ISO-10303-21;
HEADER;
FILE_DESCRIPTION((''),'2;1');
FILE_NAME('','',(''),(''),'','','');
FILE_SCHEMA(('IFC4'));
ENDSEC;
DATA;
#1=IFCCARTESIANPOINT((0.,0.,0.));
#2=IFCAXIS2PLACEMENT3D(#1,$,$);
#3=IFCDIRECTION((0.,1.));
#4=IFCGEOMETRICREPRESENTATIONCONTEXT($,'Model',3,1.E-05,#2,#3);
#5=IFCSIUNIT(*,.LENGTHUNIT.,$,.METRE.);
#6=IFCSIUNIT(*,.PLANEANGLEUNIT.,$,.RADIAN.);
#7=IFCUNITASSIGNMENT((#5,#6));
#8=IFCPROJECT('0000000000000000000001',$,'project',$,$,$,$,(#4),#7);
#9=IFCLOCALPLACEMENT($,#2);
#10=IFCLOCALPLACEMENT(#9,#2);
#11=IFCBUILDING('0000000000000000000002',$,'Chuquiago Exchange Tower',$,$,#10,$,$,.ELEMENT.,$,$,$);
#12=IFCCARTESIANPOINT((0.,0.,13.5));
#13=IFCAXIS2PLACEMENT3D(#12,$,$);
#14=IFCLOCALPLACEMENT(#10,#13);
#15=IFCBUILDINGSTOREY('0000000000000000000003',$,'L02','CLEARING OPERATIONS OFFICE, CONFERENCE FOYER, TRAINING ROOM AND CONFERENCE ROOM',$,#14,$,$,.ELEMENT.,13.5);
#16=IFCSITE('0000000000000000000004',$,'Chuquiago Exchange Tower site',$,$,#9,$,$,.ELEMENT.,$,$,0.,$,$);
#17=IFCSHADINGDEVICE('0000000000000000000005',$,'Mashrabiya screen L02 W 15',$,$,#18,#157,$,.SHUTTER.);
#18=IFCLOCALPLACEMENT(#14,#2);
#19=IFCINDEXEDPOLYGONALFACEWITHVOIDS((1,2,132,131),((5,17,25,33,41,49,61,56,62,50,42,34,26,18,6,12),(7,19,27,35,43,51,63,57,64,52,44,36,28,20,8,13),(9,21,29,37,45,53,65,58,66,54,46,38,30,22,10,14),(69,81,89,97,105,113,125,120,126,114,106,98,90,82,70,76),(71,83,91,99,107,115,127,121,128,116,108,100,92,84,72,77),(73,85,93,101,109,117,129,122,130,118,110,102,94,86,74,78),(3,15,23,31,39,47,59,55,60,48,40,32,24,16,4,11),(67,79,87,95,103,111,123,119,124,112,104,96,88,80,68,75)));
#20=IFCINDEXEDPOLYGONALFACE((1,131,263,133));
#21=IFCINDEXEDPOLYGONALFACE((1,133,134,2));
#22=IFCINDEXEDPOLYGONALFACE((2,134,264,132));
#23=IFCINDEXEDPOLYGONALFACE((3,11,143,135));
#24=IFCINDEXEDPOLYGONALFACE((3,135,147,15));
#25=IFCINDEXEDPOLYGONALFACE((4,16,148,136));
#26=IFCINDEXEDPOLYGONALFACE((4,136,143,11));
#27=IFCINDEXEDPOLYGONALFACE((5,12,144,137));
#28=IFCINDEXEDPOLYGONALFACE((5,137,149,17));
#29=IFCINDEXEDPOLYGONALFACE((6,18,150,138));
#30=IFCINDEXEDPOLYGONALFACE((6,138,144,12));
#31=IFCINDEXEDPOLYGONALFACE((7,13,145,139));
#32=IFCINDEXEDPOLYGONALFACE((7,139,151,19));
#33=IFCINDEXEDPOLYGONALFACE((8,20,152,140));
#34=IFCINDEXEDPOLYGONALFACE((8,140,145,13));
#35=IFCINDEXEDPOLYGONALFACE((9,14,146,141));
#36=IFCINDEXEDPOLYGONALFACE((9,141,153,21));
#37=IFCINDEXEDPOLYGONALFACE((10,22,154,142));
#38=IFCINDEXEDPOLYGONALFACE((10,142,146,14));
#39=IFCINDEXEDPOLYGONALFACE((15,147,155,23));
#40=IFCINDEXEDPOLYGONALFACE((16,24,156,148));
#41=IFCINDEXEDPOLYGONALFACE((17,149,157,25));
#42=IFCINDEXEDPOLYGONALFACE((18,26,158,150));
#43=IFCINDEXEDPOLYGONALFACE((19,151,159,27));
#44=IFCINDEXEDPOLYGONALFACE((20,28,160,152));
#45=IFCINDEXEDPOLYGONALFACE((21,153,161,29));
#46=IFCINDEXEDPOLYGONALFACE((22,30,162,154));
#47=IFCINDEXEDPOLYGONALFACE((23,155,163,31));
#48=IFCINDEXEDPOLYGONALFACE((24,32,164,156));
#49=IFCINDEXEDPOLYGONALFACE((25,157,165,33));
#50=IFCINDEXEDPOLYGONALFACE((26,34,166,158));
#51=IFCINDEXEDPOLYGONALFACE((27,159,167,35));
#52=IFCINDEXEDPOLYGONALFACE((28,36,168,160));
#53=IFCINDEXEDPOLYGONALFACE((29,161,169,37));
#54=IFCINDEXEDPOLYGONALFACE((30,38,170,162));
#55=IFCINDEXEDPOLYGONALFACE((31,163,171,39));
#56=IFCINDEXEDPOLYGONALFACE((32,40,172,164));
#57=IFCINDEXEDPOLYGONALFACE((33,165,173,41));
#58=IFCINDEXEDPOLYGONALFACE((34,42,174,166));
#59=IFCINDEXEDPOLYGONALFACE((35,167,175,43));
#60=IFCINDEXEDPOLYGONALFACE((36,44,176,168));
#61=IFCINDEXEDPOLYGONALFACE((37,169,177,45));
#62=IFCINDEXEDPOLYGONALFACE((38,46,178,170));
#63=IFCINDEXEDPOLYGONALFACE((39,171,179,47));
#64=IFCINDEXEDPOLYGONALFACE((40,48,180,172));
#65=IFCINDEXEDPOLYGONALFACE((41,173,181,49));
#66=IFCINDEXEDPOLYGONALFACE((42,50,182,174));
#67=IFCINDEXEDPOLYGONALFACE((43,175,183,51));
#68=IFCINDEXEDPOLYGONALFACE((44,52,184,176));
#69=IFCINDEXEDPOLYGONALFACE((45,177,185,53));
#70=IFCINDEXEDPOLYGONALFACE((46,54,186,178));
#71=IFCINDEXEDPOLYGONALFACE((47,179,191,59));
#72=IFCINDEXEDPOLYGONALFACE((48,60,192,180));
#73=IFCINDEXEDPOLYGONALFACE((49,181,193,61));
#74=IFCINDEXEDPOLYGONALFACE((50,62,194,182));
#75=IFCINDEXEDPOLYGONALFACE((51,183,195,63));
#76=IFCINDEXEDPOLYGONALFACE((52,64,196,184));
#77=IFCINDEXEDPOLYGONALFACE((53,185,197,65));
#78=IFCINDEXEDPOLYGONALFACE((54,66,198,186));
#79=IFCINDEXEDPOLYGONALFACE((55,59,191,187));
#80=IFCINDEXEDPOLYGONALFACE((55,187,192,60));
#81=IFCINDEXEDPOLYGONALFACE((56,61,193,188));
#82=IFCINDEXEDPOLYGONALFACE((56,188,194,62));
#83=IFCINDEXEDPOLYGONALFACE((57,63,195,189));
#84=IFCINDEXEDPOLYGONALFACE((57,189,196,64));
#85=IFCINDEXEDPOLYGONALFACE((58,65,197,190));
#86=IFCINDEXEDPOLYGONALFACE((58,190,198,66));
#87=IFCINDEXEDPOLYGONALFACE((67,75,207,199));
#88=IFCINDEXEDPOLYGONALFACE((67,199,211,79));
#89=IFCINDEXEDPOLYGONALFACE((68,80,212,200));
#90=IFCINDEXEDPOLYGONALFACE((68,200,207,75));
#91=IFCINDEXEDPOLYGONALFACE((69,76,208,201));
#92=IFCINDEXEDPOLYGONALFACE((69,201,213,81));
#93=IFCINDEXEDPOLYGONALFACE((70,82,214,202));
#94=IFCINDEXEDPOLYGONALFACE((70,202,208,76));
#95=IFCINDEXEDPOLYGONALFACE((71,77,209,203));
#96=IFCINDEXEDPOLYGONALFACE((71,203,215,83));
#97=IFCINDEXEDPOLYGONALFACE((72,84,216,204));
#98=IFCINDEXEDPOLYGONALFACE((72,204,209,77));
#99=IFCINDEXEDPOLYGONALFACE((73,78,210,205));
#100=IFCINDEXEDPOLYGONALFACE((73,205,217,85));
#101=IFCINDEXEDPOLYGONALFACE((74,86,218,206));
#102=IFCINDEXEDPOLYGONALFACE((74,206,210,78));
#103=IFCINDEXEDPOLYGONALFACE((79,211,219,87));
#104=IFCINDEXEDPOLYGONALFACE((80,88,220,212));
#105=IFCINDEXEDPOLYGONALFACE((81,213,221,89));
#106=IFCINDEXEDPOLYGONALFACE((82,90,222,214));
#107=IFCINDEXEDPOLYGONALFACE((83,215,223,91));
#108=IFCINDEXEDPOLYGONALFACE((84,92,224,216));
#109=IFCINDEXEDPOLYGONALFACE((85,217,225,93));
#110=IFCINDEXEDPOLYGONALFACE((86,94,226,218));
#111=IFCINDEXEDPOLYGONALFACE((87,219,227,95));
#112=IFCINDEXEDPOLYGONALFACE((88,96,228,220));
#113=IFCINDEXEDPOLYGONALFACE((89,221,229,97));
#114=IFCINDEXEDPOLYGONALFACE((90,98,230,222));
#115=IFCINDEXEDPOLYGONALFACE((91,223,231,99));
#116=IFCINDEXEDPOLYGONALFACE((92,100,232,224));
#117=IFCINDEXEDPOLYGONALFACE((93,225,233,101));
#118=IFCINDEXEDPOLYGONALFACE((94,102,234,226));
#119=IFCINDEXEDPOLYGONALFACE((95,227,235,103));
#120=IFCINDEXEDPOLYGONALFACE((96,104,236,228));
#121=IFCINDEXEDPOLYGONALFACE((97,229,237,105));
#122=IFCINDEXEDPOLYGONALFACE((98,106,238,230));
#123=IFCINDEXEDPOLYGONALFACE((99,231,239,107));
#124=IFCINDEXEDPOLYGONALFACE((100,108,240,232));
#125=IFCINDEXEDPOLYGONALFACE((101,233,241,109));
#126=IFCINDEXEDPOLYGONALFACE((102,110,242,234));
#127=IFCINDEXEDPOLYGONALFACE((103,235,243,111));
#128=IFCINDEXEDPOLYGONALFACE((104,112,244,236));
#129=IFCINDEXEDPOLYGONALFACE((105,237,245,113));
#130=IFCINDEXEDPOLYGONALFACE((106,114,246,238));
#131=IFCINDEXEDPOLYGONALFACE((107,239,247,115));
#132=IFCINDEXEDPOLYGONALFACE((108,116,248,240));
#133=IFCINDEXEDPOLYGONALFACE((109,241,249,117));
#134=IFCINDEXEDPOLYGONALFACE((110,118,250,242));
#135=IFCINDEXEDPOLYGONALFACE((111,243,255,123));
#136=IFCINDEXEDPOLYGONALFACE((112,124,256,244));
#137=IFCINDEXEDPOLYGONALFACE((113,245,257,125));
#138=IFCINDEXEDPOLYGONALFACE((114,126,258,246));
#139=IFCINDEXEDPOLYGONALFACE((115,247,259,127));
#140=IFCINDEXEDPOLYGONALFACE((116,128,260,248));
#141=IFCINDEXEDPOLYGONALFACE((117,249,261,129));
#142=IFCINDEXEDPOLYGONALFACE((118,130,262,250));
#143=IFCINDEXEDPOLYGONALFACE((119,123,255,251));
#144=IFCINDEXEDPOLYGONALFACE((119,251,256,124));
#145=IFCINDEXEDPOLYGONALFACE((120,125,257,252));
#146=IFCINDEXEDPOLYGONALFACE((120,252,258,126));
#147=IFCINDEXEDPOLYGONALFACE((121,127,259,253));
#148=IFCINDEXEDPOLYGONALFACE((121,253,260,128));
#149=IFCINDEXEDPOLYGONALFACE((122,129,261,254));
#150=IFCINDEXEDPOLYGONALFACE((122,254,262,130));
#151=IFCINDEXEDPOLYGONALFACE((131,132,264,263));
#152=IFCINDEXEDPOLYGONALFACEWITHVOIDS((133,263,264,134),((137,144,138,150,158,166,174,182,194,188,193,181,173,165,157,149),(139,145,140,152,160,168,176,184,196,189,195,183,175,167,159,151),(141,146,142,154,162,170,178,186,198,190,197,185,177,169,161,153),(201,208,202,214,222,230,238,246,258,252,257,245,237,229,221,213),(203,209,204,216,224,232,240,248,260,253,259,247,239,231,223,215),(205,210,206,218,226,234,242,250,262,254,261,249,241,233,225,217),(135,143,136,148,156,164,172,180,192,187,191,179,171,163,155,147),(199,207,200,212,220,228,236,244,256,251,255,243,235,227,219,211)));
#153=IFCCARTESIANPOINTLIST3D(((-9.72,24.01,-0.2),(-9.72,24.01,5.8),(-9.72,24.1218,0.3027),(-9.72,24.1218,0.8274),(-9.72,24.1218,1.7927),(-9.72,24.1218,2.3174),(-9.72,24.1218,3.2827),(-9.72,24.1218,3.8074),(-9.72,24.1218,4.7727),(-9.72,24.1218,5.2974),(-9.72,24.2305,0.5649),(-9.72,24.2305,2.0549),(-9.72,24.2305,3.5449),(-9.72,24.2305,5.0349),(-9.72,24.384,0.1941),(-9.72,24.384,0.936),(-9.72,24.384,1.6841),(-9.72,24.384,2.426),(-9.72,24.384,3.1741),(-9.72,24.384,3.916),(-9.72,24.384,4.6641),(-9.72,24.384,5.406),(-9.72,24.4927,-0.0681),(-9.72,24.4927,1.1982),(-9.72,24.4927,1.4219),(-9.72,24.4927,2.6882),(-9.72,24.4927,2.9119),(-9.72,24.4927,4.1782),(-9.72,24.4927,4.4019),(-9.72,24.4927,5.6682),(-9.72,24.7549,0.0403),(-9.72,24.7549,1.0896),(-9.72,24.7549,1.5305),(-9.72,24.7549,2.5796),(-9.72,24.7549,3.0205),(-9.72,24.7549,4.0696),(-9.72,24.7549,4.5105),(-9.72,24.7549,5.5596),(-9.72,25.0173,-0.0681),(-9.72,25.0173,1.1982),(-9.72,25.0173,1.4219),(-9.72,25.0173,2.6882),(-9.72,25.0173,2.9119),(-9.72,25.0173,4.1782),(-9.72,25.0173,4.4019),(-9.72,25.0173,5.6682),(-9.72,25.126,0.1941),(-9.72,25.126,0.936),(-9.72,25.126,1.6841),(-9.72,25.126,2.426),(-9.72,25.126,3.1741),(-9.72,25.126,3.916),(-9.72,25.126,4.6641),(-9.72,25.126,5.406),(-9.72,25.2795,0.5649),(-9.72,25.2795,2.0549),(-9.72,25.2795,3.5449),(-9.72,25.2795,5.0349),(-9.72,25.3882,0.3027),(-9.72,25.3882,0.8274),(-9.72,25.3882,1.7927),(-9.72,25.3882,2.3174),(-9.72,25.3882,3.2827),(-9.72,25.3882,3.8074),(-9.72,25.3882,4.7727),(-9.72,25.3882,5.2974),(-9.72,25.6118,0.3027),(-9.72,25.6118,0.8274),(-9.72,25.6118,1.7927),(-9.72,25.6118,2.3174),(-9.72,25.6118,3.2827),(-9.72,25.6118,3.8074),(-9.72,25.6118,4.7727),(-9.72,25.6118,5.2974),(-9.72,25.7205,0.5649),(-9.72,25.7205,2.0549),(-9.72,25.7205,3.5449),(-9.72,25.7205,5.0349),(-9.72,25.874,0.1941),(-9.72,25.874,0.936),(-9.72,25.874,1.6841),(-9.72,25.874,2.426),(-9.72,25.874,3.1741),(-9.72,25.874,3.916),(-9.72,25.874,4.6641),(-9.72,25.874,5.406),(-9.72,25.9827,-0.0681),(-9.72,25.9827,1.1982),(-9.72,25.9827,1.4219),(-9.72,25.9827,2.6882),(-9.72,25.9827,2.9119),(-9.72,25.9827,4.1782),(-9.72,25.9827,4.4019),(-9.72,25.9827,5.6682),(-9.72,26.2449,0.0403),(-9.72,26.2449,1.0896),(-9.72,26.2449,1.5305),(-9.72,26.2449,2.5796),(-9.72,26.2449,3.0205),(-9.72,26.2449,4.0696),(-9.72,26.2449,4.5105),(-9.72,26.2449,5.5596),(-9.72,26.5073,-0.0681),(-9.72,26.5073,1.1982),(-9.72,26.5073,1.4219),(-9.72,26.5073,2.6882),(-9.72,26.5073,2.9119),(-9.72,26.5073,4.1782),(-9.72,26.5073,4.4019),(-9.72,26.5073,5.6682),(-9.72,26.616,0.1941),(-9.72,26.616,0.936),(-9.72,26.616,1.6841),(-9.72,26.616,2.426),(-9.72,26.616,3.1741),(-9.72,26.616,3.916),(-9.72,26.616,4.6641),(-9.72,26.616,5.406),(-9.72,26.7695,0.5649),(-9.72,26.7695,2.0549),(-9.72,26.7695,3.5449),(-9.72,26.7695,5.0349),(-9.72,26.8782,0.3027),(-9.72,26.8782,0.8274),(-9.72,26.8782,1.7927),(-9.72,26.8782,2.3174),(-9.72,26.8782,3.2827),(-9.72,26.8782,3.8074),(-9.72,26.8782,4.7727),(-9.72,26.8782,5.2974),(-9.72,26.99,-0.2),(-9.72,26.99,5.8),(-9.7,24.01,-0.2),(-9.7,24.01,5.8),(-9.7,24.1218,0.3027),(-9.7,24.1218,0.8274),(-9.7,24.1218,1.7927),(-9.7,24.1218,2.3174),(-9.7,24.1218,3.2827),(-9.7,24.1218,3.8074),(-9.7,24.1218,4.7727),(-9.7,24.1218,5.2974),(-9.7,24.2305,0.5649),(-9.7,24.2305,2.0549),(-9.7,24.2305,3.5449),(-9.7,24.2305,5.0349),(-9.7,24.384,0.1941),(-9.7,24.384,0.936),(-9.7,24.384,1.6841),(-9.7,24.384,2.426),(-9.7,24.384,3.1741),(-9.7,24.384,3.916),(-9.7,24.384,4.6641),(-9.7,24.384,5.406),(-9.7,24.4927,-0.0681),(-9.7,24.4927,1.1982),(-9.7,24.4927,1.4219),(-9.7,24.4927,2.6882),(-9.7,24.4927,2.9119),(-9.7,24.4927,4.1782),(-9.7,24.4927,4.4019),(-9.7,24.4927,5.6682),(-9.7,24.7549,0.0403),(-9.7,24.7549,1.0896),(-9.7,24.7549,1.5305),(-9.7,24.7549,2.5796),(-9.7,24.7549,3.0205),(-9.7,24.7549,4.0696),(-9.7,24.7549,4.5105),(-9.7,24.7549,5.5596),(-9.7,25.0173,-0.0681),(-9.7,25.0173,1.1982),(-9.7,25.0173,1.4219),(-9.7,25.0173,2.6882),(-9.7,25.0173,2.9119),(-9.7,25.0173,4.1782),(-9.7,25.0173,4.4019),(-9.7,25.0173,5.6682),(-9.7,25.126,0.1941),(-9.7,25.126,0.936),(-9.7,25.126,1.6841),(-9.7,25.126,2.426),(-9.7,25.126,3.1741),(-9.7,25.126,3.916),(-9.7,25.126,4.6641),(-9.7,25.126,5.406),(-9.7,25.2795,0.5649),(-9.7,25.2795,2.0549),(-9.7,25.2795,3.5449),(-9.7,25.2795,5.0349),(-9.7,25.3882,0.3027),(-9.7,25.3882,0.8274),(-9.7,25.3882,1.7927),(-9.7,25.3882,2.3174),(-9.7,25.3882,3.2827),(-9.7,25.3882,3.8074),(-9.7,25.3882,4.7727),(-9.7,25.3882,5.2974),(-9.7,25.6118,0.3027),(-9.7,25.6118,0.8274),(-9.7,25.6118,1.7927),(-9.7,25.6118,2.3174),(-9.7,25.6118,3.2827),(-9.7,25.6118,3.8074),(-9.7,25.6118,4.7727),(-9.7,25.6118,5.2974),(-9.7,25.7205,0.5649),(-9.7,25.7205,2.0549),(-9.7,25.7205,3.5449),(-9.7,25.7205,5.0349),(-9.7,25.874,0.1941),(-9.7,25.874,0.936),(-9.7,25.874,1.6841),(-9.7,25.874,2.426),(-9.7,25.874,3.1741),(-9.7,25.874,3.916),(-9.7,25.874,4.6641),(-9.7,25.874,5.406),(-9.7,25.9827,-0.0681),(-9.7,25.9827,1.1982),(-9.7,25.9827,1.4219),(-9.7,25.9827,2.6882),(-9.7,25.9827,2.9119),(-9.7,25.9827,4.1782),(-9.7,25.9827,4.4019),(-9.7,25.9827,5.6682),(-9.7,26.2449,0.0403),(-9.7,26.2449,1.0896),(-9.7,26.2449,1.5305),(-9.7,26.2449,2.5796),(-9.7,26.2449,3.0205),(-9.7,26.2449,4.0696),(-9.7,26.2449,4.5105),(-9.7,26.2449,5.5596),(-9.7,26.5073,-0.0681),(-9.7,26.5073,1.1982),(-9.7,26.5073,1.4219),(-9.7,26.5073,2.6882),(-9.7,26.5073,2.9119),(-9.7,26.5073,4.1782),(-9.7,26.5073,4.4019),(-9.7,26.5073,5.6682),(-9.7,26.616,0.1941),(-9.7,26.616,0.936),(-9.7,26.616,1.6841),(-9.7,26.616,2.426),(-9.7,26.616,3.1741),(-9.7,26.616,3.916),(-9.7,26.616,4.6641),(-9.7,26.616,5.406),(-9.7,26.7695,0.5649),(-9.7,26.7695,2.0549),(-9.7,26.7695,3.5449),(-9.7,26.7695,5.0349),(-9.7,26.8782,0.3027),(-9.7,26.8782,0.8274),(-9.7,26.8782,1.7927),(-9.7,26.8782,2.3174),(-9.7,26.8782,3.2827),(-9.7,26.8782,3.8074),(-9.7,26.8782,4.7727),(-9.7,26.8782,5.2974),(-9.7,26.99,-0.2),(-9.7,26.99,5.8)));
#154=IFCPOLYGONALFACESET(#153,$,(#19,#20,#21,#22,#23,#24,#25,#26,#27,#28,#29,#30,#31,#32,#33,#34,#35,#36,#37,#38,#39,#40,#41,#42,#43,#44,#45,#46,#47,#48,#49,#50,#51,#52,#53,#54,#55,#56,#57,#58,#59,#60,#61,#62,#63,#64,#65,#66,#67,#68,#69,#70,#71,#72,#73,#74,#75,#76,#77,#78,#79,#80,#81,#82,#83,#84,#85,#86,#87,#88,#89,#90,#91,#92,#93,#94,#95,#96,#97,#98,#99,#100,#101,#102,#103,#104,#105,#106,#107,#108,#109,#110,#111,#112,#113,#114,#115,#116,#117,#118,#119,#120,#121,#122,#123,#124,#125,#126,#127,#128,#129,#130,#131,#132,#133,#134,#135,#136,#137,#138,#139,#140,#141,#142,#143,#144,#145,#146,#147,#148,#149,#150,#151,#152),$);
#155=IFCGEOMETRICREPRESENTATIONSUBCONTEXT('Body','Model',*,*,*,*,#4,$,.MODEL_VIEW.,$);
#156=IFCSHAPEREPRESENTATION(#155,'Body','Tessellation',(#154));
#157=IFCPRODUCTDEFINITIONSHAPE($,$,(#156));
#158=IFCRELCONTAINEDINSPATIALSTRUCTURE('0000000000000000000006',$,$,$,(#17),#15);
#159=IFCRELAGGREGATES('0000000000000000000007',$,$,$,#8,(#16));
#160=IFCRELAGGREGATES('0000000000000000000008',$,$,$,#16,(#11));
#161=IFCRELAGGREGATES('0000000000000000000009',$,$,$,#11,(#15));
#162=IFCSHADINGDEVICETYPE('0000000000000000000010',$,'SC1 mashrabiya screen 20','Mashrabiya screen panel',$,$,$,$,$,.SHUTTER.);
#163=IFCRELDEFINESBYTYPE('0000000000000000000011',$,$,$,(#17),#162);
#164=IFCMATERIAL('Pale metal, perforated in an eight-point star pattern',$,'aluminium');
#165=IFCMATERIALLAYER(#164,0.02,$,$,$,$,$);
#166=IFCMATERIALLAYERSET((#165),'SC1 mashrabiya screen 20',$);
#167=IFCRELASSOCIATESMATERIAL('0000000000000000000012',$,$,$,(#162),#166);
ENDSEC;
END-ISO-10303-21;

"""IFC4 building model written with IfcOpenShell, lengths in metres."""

from ifc_helpers import new_model, si_unit, direction, frame, origin, place, context, subcontext, project, spatial, polyline, outline, extrude, material, layer, layer_set, type_object, element, save


model = new_model("IFC4")

# Units and contexts
model_context = context("Model", 3, precision=1e-05, world=origin(), true_north=direction((0.0, 1.0)))
body_context = subcontext(model_context, "Body", "Model", "MODEL_VIEW")
ifc_project = project(units=[si_unit("LENGTHUNIT", "METRE"), si_unit("PLANEANGLEUNIT", "RADIAN")], contexts=[model_context])

# Site, building, storey
site_placement = place(None, origin())
site = spatial("IfcSite", under=ifc_project, at=site_placement, Name="Chuquiago Exchange Tower site", CompositionType="ELEMENT", RefElevation=0.0)
building_placement = place(site_placement, origin())
building = spatial("IfcBuilding", under=site, at=building_placement, Name="Chuquiago Exchange Tower", CompositionType="ELEMENT")
storey_placement = place(building_placement, frame((0.0, 0.0, 13.5)))
storey = spatial("IfcBuildingStorey", under=building, at=storey_placement, Name="L02", Description="CLEARING OPERATIONS OFFICE, CONFERENCE FOYER, TRAINING ROOM AND CONFERENCE ROOM", CompositionType="ELEMENT", Elevation=13.5)

# Shading device
ifc_material_1 = material(Name="Pale metal, perforated in an eight-point star pattern", Category="aluminium")
ifc_layer_1 = layer(ifc_material_1, 0.02)
ifc_layer_set_1 = layer_set([ifc_layer_1], Name="SC1 mashrabiya screen 20")
shading_device_type = type_object("IfcShadingDeviceType", Name="SC1 mashrabiya screen 20", Description="Mashrabiya screen panel", PredefinedType="SHUTTER", material=ifc_layer_set_1)
shading_device_1_placement = place(storey_placement, frame((-9.7, 26.99, -0.2), z_axis=(0.0, 0.0, 1.0), x_axis=(0.0, -1.0, 0.0)))
element("IfcShadingDevice", 1, at=shading_device_1_placement, inside=storey, type_object=shading_device_type, Name="Mashrabiya screen L02 W 15", PredefinedType="SHUTTER", context=body_context, shape_type="SweptSolid", body=[
    extrude(outline(polyline([(0.0, 0.0), (2.98, 0.0), (2.98, 6.0), (0.0, 6.0), (0.0, 0.0)]), holes=[polyline([(1.2695, 0.7649), (1.3782, 1.0273), (1.116, 1.136), (1.0073, 1.3982), (0.7451, 1.2896), (0.4827, 1.3982), (0.374, 1.136), (0.1118, 1.0273), (0.2205, 0.7649), (0.1118, 0.5027), (0.374, 0.394), (0.4827, 0.1318), (0.7451, 0.2402), (1.0073, 0.1318), (1.116, 0.394), (1.3782, 0.5027), (1.2695, 0.7649)]), polyline([(2.7595, 0.7649), (2.8682, 1.0273), (2.606, 1.136), (2.4973, 1.3982), (2.2351, 1.2896), (1.9727, 1.3982), (1.864, 1.136), (1.6018, 1.0273), (1.7104, 0.7649), (1.6018, 0.5027), (1.864, 0.394), (1.9727, 0.1318), (2.2351, 0.2402), (2.4973, 0.1318), (2.606, 0.394), (2.8682, 0.5027), (2.7595, 0.7649)]), polyline([(1.2695, 2.2549), (1.3782, 2.5173), (1.116, 2.626), (1.0073, 2.8882), (0.7451, 2.7795), (0.4827, 2.8882), (0.374, 2.626), (0.1118, 2.5173), (0.2205, 2.2549), (0.1118, 1.9927), (0.374, 1.884), (0.4827, 1.6218), (0.7451, 1.7305), (1.0073, 1.6218), (1.116, 1.884), (1.3782, 1.9927), (1.2695, 2.2549)]), polyline([(2.7595, 2.2549), (2.8682, 2.5173), (2.606, 2.626), (2.4973, 2.8882), (2.2351, 2.7795), (1.9727, 2.8882), (1.864, 2.626), (1.6018, 2.5173), (1.7104, 2.2549), (1.6018, 1.9927), (1.864, 1.884), (1.9727, 1.6218), (2.2351, 1.7305), (2.4973, 1.6218), (2.606, 1.884), (2.8682, 1.9927), (2.7595, 2.2549)]), polyline([(1.2695, 3.7449), (1.3782, 4.0073), (1.116, 4.116), (1.0073, 4.3782), (0.7451, 4.2695), (0.4827, 4.3782), (0.374, 4.116), (0.1118, 4.0073), (0.2205, 3.7449), (0.1118, 3.4827), (0.374, 3.374), (0.4827, 3.1118), (0.7451, 3.2205), (1.0073, 3.1118), (1.116, 3.374), (1.3782, 3.4827), (1.2695, 3.7449)]), polyline([(2.7595, 3.7449), (2.8682, 4.0073), (2.606, 4.116), (2.4973, 4.3782), (2.2351, 4.2695), (1.9727, 4.3782), (1.864, 4.116), (1.6018, 4.0073), (1.7104, 3.7449), (1.6018, 3.4827), (1.864, 3.374), (1.9727, 3.1118), (2.2351, 3.2205), (2.4973, 3.1118), (2.606, 3.374), (2.8682, 3.4827), (2.7595, 3.7449)]), polyline([(1.2695, 5.2349), (1.3782, 5.4973), (1.116, 5.606), (1.0073, 5.8682), (0.7451, 5.7595), (0.4827, 5.8682), (0.374, 5.606), (0.1118, 5.4973), (0.2205, 5.2349), (0.1118, 4.9727), (0.374, 4.864), (0.4827, 4.6018), (0.7451, 4.7104), (1.0073, 4.6018), (1.116, 4.864), (1.3782, 4.9727), (1.2695, 5.2349)]), polyline([(2.7595, 5.2349), (2.8682, 5.4973), (2.606, 5.606), (2.4973, 5.8682), (2.2351, 5.7595), (1.9727, 5.8682), (1.864, 5.606), (1.6018, 5.4973), (1.7104, 5.2349), (1.6018, 4.9727), (1.864, 4.864), (1.9727, 4.6018), (2.2351, 4.7104), (2.4973, 4.6018), (2.606, 4.864), (2.8682, 4.9727), (2.7595, 5.2349)])]), frame((0.0, 0.0, 0.0), z_axis=(0.0, -1.0, 0.0), x_axis=(1.0, 0.0, 0.0)), (0.0, 0.0, 1.0), 0.02),
])

save(model, "model.ifc")
